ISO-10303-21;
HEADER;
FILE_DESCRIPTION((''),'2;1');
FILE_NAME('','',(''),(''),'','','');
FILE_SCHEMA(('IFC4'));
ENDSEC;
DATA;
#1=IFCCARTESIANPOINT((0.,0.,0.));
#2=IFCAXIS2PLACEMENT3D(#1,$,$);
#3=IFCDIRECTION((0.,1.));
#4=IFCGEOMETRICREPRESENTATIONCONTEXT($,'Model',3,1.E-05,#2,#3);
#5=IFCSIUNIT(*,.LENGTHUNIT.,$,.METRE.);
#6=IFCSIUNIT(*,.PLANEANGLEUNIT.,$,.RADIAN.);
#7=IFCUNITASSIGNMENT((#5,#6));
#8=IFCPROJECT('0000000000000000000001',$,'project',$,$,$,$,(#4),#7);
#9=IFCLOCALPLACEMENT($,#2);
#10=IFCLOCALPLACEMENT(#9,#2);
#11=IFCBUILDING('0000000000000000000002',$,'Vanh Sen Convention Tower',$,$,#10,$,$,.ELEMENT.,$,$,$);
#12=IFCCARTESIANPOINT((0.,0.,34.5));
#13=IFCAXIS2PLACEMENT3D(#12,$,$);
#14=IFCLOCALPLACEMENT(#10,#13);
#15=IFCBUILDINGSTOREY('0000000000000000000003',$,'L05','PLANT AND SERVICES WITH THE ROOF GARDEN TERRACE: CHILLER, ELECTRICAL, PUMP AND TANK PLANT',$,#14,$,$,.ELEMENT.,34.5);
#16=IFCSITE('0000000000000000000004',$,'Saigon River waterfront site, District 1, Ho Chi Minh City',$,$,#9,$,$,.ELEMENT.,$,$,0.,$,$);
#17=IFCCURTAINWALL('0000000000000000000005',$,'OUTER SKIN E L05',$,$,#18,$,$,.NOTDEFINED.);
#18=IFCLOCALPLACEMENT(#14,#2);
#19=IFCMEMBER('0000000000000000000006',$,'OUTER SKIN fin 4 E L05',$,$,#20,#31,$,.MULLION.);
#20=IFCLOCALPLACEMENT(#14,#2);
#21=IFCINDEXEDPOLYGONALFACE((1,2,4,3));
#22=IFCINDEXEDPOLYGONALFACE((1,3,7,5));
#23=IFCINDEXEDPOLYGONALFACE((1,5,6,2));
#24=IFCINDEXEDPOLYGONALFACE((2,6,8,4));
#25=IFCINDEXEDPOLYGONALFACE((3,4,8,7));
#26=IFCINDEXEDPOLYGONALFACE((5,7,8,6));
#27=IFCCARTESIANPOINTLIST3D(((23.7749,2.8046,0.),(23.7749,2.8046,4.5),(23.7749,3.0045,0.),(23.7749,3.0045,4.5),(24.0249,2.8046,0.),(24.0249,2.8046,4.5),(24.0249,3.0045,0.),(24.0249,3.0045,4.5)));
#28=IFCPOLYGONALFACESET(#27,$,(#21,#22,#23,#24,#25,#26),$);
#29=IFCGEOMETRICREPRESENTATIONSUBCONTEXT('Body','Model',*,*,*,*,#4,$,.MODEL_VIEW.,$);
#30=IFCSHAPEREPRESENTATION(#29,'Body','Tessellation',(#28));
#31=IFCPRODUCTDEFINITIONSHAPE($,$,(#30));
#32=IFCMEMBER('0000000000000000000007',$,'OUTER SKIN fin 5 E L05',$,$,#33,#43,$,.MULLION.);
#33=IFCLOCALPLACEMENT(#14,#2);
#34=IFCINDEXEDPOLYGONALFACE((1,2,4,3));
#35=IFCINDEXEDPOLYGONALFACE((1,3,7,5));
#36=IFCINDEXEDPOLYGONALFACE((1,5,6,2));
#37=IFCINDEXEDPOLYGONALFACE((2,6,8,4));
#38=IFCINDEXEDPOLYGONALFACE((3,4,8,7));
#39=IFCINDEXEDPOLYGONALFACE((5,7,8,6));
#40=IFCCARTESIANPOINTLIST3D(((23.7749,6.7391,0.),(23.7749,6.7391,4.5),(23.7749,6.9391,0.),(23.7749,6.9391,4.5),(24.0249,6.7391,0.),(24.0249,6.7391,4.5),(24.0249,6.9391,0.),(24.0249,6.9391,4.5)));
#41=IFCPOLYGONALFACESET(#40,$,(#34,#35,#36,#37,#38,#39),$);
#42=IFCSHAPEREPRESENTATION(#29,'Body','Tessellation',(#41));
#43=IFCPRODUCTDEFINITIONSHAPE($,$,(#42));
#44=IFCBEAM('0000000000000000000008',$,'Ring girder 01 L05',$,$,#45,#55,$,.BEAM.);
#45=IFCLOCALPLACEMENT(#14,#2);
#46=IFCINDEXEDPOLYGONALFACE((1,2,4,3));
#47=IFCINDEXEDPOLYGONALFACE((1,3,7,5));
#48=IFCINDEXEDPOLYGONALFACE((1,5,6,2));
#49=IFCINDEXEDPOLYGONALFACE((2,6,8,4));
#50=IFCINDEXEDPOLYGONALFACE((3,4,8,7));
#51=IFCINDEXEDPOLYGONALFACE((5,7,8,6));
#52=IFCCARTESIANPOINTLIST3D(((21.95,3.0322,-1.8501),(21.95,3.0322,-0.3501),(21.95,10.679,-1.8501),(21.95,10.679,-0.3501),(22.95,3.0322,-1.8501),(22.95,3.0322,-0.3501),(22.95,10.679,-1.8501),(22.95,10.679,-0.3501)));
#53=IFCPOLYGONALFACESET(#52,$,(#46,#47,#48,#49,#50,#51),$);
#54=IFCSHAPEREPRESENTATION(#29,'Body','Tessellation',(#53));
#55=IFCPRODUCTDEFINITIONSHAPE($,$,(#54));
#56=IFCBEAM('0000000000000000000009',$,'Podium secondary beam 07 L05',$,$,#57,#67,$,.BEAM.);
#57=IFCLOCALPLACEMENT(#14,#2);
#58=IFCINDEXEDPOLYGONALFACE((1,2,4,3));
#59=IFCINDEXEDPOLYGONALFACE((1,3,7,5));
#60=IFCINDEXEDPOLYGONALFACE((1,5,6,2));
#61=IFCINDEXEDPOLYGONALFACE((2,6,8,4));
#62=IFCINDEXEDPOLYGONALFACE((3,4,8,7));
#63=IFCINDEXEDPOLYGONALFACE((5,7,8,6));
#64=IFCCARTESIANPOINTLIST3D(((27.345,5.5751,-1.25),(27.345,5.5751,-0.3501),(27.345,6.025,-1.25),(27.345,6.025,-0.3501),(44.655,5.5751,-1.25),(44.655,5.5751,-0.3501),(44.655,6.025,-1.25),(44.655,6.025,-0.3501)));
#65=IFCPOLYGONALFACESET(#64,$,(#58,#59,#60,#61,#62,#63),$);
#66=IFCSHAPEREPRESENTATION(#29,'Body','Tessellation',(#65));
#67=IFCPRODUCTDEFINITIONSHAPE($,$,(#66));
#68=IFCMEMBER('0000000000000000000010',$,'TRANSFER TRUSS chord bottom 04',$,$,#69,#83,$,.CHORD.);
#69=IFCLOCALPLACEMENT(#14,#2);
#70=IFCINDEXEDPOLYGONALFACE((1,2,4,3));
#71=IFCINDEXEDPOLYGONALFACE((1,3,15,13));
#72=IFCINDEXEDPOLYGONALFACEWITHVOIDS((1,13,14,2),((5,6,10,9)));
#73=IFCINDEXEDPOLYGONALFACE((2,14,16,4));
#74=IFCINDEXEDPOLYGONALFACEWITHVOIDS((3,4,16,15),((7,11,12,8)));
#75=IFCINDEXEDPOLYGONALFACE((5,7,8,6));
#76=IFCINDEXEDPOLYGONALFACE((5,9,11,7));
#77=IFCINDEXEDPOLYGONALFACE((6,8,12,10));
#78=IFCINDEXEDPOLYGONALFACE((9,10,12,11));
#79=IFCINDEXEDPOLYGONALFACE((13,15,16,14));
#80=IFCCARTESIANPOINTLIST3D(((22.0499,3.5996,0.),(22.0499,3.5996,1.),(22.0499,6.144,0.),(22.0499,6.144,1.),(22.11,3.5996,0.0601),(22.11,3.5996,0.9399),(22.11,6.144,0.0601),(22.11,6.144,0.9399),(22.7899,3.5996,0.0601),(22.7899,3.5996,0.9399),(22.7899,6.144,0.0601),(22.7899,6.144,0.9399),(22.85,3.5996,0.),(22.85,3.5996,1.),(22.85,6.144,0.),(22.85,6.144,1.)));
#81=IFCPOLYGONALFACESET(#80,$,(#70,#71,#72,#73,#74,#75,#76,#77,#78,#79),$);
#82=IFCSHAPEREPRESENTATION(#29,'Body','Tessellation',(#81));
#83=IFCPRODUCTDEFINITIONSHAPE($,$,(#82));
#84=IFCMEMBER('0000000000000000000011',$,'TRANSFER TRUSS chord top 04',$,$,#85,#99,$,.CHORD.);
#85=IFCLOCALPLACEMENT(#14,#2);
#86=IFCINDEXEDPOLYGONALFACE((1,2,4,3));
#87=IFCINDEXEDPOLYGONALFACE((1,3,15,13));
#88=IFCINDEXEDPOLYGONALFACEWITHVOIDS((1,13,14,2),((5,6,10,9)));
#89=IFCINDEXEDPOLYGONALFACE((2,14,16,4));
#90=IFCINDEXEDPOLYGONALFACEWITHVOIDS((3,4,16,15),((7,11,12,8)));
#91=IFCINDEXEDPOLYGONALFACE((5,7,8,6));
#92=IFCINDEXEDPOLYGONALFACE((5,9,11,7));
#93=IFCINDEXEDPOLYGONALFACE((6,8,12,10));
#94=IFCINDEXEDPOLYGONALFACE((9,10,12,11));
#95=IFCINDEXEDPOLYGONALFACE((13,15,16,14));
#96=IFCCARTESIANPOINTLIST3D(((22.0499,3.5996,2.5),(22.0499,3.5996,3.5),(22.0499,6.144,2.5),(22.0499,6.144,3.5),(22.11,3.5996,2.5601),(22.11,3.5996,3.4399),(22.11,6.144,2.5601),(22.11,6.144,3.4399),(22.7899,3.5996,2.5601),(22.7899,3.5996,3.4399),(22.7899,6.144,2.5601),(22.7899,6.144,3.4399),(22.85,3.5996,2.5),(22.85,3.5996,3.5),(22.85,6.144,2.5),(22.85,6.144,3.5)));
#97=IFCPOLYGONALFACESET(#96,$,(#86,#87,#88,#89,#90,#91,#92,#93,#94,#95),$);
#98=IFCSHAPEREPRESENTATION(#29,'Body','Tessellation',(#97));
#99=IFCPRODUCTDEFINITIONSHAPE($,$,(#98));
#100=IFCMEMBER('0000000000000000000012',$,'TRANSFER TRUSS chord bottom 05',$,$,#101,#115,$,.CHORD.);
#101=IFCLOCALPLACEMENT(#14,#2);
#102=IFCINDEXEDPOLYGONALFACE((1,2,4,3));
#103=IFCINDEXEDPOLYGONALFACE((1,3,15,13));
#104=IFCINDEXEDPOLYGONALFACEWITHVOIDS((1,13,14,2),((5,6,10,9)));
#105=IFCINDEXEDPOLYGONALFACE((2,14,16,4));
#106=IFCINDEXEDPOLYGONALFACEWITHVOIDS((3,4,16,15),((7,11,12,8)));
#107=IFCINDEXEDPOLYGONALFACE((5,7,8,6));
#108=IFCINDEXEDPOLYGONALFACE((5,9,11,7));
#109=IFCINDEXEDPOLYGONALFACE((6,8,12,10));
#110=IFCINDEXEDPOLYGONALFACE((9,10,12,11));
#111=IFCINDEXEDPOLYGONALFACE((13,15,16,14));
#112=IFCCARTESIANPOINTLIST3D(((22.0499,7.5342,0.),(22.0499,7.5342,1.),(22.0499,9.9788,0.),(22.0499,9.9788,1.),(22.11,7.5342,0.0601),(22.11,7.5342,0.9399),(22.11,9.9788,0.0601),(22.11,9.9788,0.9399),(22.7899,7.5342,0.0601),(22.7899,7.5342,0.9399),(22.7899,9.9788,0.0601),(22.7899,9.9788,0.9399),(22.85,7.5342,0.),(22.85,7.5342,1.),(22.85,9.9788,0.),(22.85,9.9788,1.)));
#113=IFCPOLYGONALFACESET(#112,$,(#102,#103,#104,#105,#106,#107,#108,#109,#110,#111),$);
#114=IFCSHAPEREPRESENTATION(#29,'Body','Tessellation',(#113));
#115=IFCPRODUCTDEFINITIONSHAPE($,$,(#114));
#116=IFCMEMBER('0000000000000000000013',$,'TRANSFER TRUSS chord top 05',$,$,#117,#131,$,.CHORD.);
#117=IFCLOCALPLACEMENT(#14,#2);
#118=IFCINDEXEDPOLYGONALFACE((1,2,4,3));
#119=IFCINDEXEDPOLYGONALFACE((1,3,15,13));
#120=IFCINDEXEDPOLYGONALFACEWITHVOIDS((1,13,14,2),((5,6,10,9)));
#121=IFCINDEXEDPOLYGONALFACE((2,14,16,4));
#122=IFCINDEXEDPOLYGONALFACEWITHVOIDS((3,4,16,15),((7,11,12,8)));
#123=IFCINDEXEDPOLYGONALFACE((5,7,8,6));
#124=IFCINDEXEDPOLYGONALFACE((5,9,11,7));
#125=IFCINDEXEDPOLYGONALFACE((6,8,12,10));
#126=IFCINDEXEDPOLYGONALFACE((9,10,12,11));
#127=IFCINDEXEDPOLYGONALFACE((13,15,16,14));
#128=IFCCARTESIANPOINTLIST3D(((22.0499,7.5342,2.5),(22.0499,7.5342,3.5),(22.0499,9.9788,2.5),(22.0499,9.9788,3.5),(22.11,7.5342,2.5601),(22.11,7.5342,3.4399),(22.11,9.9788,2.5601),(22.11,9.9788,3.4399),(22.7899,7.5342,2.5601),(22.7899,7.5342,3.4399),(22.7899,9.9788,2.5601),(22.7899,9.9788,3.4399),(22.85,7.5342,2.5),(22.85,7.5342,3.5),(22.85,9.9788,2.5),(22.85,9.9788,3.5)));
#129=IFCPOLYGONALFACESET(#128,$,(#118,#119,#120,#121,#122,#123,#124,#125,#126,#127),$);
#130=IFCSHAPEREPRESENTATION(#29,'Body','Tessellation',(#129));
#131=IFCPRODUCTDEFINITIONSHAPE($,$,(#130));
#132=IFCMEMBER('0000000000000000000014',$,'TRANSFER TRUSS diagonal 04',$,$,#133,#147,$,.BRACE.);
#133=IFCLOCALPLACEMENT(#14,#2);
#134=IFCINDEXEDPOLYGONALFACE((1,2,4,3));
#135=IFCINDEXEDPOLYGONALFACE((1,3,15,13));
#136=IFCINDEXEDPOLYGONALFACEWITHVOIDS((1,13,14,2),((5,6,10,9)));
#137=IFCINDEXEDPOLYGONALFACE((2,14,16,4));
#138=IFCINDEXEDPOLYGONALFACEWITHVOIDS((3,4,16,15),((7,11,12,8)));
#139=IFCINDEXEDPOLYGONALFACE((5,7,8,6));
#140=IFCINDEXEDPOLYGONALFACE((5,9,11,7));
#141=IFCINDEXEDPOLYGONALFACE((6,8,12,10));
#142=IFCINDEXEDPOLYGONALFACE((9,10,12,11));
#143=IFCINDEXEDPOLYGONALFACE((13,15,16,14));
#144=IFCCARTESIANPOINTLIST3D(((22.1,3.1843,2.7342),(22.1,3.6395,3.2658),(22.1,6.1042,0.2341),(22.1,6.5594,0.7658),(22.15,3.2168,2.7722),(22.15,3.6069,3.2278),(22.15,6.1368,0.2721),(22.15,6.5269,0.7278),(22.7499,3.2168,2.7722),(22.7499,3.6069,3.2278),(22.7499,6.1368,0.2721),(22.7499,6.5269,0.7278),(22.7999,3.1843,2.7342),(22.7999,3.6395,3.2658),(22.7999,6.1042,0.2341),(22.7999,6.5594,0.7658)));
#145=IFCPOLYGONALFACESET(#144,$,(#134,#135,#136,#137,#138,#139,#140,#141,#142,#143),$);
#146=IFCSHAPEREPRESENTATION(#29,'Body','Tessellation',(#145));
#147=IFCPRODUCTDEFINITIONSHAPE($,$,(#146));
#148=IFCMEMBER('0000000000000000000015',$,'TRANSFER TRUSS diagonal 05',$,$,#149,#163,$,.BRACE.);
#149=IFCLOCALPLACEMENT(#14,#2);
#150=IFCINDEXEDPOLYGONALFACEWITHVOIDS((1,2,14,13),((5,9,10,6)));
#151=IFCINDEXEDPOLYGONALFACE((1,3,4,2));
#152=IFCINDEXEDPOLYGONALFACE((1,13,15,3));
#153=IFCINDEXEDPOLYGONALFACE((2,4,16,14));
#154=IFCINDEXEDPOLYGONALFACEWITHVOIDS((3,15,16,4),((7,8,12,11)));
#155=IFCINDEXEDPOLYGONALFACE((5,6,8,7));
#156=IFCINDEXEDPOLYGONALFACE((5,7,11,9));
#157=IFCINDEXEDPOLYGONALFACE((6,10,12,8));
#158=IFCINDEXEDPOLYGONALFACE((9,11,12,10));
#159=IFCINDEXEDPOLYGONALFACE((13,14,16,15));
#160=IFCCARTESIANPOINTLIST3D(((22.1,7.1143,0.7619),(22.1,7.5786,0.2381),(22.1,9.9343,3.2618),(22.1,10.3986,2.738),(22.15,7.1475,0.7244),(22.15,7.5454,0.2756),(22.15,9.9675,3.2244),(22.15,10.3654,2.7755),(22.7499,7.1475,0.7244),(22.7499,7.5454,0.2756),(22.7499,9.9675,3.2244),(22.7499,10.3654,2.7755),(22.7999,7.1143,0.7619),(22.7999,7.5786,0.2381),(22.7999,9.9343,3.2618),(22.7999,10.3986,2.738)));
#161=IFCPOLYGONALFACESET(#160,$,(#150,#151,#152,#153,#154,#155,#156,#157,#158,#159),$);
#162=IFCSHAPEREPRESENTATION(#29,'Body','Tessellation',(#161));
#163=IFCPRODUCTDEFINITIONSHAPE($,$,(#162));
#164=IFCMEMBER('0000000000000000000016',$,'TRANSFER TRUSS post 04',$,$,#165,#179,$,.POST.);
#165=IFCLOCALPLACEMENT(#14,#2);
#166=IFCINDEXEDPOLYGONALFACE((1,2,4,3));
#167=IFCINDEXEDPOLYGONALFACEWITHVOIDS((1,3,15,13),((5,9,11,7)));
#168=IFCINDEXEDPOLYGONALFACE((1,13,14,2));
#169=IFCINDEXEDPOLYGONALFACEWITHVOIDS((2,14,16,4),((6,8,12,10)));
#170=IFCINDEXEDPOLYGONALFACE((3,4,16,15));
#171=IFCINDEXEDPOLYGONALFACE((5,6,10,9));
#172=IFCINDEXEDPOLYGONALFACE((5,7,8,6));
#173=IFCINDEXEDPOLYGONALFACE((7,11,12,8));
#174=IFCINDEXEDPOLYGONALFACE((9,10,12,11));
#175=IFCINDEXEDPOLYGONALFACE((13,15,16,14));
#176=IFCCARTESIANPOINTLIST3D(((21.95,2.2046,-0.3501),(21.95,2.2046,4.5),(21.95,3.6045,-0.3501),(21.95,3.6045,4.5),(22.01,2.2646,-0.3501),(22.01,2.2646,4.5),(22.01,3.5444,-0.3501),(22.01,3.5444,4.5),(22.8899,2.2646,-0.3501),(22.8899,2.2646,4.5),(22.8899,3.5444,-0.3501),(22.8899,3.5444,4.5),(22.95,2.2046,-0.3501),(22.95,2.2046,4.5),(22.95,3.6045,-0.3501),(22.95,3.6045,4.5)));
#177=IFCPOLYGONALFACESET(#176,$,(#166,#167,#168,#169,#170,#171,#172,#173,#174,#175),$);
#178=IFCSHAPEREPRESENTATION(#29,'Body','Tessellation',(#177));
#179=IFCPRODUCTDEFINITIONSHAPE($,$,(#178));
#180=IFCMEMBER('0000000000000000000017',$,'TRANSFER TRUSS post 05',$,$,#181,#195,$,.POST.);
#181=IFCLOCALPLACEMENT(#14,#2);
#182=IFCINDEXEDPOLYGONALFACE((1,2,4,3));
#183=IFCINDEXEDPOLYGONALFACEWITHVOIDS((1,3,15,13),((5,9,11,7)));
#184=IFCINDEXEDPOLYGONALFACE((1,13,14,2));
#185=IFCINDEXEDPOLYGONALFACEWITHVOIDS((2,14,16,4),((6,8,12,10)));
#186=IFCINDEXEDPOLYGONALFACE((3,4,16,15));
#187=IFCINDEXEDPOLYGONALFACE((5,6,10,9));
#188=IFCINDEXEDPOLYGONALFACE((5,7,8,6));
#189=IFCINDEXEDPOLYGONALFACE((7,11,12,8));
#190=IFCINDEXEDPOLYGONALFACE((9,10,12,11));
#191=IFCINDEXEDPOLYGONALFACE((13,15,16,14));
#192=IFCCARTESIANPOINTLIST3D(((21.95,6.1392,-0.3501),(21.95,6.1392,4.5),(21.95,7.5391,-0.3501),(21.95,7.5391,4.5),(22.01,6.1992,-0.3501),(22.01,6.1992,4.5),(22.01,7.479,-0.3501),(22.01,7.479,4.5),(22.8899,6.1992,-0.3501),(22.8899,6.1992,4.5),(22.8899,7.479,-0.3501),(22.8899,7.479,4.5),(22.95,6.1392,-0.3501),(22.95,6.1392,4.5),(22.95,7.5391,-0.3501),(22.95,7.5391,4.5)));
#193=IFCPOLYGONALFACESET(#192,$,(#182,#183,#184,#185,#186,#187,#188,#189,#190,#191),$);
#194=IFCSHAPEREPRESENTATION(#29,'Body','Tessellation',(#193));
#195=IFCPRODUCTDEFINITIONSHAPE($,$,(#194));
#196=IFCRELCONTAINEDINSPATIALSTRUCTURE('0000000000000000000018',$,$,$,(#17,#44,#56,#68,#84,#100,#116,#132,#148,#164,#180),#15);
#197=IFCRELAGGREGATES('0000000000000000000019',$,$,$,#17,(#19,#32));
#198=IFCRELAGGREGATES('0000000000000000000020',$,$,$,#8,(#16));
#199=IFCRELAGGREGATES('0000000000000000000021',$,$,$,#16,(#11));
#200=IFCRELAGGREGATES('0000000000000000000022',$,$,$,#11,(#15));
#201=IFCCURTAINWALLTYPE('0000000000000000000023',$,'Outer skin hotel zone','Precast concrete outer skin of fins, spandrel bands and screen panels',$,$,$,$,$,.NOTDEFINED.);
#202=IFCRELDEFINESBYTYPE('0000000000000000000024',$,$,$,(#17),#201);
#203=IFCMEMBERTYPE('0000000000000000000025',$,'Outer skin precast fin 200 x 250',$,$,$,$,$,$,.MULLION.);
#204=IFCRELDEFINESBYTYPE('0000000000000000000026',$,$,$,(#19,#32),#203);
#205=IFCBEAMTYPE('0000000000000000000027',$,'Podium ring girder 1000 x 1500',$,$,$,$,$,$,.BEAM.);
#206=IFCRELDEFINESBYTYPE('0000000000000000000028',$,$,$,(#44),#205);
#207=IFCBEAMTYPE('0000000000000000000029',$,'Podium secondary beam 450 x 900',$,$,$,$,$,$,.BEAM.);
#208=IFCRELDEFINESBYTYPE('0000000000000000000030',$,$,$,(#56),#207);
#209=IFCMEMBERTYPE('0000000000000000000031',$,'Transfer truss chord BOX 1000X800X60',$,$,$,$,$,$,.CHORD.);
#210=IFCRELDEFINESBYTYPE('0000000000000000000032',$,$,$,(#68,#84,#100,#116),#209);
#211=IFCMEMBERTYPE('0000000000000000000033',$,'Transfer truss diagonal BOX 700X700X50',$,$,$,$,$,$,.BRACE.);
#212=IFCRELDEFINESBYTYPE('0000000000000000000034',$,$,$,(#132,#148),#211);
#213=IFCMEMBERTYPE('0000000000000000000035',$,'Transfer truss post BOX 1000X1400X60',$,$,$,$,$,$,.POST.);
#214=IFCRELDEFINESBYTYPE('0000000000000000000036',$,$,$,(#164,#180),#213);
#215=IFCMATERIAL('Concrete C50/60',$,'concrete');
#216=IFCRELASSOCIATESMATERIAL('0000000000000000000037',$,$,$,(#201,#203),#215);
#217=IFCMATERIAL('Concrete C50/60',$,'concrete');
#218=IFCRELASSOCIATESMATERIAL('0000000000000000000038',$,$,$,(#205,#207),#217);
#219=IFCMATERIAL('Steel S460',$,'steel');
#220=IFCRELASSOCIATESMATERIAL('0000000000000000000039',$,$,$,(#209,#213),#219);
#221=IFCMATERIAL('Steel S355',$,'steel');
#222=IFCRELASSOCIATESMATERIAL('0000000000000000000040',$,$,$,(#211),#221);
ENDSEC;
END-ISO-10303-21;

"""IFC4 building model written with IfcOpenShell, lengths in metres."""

from ifc_helpers import new_model, si_unit, direction, frame, origin, origin_2d, place, context, subcontext, project, spatial, rectangle, hollow_rectangle, extrude, material, material_profile, profile_set, type_object, element, aggregate, save


model = new_model("IFC4")

# Units and contexts
model_context = context("Model", 3, precision=1e-05, world=origin(), true_north=direction((0.0, 1.0)))
body_context = subcontext(model_context, "Body", "Model", "MODEL_VIEW")
ifc_project = project(units=[si_unit("LENGTHUNIT", "METRE"), si_unit("PLANEANGLEUNIT", "RADIAN")], contexts=[model_context])

# Site, building, storey
site_placement = place(None, origin())
site = spatial("IfcSite", under=ifc_project, at=site_placement, Name="Saigon River waterfront site, District 1, Ho Chi Minh City", CompositionType="ELEMENT", RefElevation=0.0)
building_placement = place(site_placement, origin())
building = spatial("IfcBuilding", under=site, at=building_placement, Name="Vanh Sen Convention Tower", CompositionType="ELEMENT")
storey_placement = place(building_placement, frame((0.0, 0.0, 34.5)))
storey = spatial("IfcBuildingStorey", under=building, at=storey_placement, Name="L05", Description="PLANT AND SERVICES WITH THE ROOF GARDEN TERRACE: CHILLER, ELECTRICAL, PUMP AND TANK PLANT", CompositionType="ELEMENT", Elevation=34.5)

# Curtain wall, members
ifc_material_1 = material(Name="Concrete C50/60", Category="concrete")
curtain_wall_type = type_object("IfcCurtainWallType", Name="Outer skin hotel zone", Description="Precast concrete outer skin of fins, spandrel bands and screen panels", PredefinedType="NOTDEFINED", material=ifc_material_1)
curtain_wall_placement = place(storey_placement, origin())
curtain_wall = element("IfcCurtainWall", 1, at=curtain_wall_placement, inside=storey, type_object=curtain_wall_type, Name="OUTER SKIN E L05", PredefinedType="NOTDEFINED")
ifc_material_profile_1 = material_profile(ifc_material_1, rectangle(XDim=0.2, YDim=0.25, at=origin_2d()), Name="Outer skin precast fin 200 x 250")
ifc_profile_set_1 = profile_set([ifc_material_profile_1], Name="Concrete C50/60")
member_type_1 = type_object("IfcMemberType", Name="Outer skin precast fin 200 x 250", PredefinedType="MULLION", material=ifc_profile_set_1)
member_1_placement = place(storey_placement, frame((23.8999, 2.9045, 0.0), z_axis=(0.0, 0.0, 1.0), x_axis=(0.0, 1.0, 0.0)))
member_1 = element("IfcMember", 2, at=member_1_placement, type_object=member_type_1, Name="OUTER SKIN fin 4 E L05", PredefinedType="MULLION", context=body_context, shape_type="SweptSolid", body=[
    extrude(rectangle(XDim=0.2, YDim=0.25, at=origin_2d()), origin(), (0.0, 0.0, 1.0), 4.5),
])
member_2_placement = place(storey_placement, frame((23.8999, 6.8391, 0.0), z_axis=(0.0, 0.0, 1.0), x_axis=(0.0, 1.0, 0.0)))
member_2 = element("IfcMember", 3, at=member_2_placement, type_object=member_type_1, Name="OUTER SKIN fin 5 E L05", PredefinedType="MULLION", context=body_context, shape_type="SweptSolid", body=[
    extrude(rectangle(XDim=0.2, YDim=0.25, at=origin_2d()), origin(), (0.0, 0.0, 1.0), 4.5),
])

# Beams
ifc_material_2 = material(Name="Concrete C50/60", Category="concrete")
ifc_material_profile_2 = material_profile(ifc_material_2, rectangle(XDim=1.0, YDim=1.5, at=origin_2d()), Name="RC 1000X1500")
ifc_profile_set_2 = profile_set([ifc_material_profile_2], Name="Concrete C50/60")
beam_type_1 = type_object("IfcBeamType", Name="Podium ring girder 1000 x 1500", PredefinedType="BEAM", material=ifc_profile_set_2)
beam_1_placement = place(storey_placement, frame((22.45, 3.0322, -1.1001), z_axis=(0.0, 1.0, 0.0), x_axis=(-1.0, 0.0, 0.0)))
element("IfcBeam", 4, at=beam_1_placement, inside=storey, type_object=beam_type_1, Name="Ring girder 01 L05", PredefinedType="BEAM", context=body_context, shape_type="SweptSolid", body=[
    extrude(rectangle(XDim=1.0, YDim=1.5, at=origin_2d()), origin(), (0.0, 0.0, 1.0), 7.6467),
])
ifc_material_profile_3 = material_profile(ifc_material_2, rectangle(XDim=0.45, YDim=0.8999, at=origin_2d()), Name="RC 450X900")
ifc_profile_set_3 = profile_set([ifc_material_profile_3], Name="Concrete C50/60")
beam_type_2 = type_object("IfcBeamType", Name="Podium secondary beam 450 x 900", PredefinedType="BEAM", material=ifc_profile_set_3)
beam_2_placement = place(storey_placement, frame((27.345, 5.8, -0.8), z_axis=(1.0, 0.0, 0.0), x_axis=(0.0, 1.0, 0.0)))
element("IfcBeam", 5, at=beam_2_placement, inside=storey, type_object=beam_type_2, Name="Podium secondary beam 07 L05", PredefinedType="BEAM", context=body_context, shape_type="SweptSolid", body=[
    extrude(rectangle(XDim=0.45, YDim=0.8999, at=origin_2d()), origin(), (0.0, 0.0, 1.0), 17.3101),
])

# Members
ifc_material_3 = material(Name="Steel S460", Category="steel")
ifc_material_profile_4 = material_profile(ifc_material_3, hollow_rectangle(XDim=0.8, YDim=1.0, WallThickness=0.0601, at=origin_2d()), Name="BOX 1000X800X60")
ifc_profile_set_4 = profile_set([ifc_material_profile_4], Name="Steel S460")
member_type_2 = type_object("IfcMemberType", Name="Transfer truss chord BOX 1000X800X60", PredefinedType="CHORD", material=ifc_profile_set_4)
for number, where, z_axis, x_axis, name in (
    (6, (22.45, 3.5996, 0.5), (0.0, 1.0, 0.0), (-1.0, 0.0, 0.0), "TRANSFER TRUSS chord bottom 04"),
    (7, (22.45, 3.5996, 3.0), (0.0, 1.0, 0.0), (-1.0, 0.0, 0.0), "TRANSFER TRUSS chord top 04"),
):
    element("IfcMember", number, at=place(storey_placement, frame(where, z_axis=z_axis, x_axis=x_axis)), inside=storey, type_object=member_type_2, Name=name, PredefinedType="CHORD", context=body_context, shape_type="SweptSolid", body=[
        extrude(hollow_rectangle(XDim=0.8, YDim=1.0, WallThickness=0.0601, at=origin_2d()), origin(), (0.0, 0.0, 1.0), 2.5444),
    ])
for number, where, z_axis, x_axis, name in (
    (8, (22.45, 7.5342, 0.5), (0.0, 1.0, 0.0), (-1.0, 0.0, 0.0), "TRANSFER TRUSS chord bottom 05"),
    (9, (22.45, 7.5342, 3.0), (0.0, 1.0, 0.0), (-1.0, 0.0, 0.0), "TRANSFER TRUSS chord top 05"),
):
    element("IfcMember", number, at=place(storey_placement, frame(where, z_axis=z_axis, x_axis=x_axis)), inside=storey, type_object=member_type_2, Name=name, PredefinedType="CHORD", context=body_context, shape_type="SweptSolid", body=[
        extrude(hollow_rectangle(XDim=0.8, YDim=1.0, WallThickness=0.0601, at=origin_2d()), origin(), (0.0, 0.0, 1.0), 2.4446),
    ])
ifc_material_4 = material(Name="Steel S355", Category="steel")
ifc_material_profile_5 = material_profile(ifc_material_4, hollow_rectangle(XDim=0.7, YDim=0.7, WallThickness=0.05, at=origin_2d()), Name="BOX 700X700X50")
ifc_profile_set_5 = profile_set([ifc_material_profile_5], Name="Steel S355")
member_type_3 = type_object("IfcMemberType", Name="Transfer truss diagonal BOX 700X700X50", PredefinedType="BRACE", material=ifc_profile_set_5)
member_3_placement = place(storey_placement, frame((22.45, 3.4119, 3.0), z_axis=(0.0, 0.759615, -0.650373), x_axis=(-1.0, 0.0, 0.0)))
element("IfcMember", 10, at=member_3_placement, inside=storey, type_object=member_type_3, Name="TRANSFER TRUSS diagonal 04", PredefinedType="BRACE", context=body_context, shape_type="SweptSolid", body=[
    extrude(hollow_rectangle(XDim=0.7, YDim=0.7, WallThickness=0.05, at=origin_2d()), origin(), (0.0, 0.0, 1.0), 3.844),
])
member_4_placement = place(storey_placement, frame((22.45, 7.3464, 0.5), z_axis=(0.0, 0.748295, 0.663366), x_axis=(-1.0, 0.0, 0.0)))
element("IfcMember", 11, at=member_4_placement, inside=storey, type_object=member_type_3, Name="TRANSFER TRUSS diagonal 05", PredefinedType="BRACE", context=body_context, shape_type="SweptSolid", body=[
    extrude(hollow_rectangle(XDim=0.7, YDim=0.7, WallThickness=0.05, at=origin_2d()), origin(), (0.0, 0.0, 1.0), 3.7686),
])
ifc_material_profile_6 = material_profile(ifc_material_3, hollow_rectangle(XDim=1.3999, YDim=1.0, WallThickness=0.0601, at=origin_2d()), Name="BOX 1000X1400X60")
ifc_profile_set_6 = profile_set([ifc_material_profile_6], Name="Steel S460")
member_type_4 = type_object("IfcMemberType", Name="Transfer truss post BOX 1000X1400X60", PredefinedType="POST", material=ifc_profile_set_6)
for number, where, z_axis, x_axis, name in (
    (12, (22.45, 2.9045, -0.3501), (0.0, 0.0, 1.0), (0.0, 1.0, 0.0), "TRANSFER TRUSS post 04"),
    (13, (22.45, 6.8391, -0.3501), (0.0, 0.0, 1.0), (0.0, 1.0, 0.0), "TRANSFER TRUSS post 05"),
):
    element("IfcMember", number, at=place(storey_placement, frame(where, z_axis=z_axis, x_axis=x_axis)), inside=storey, type_object=member_type_4, Name=name, PredefinedType="POST", context=body_context, shape_type="SweptSolid", body=[
        extrude(hollow_rectangle(XDim=1.3999, YDim=1.0, WallThickness=0.0601, at=origin_2d()), origin(), (0.0, 0.0, 1.0), 4.8501),
    ])

aggregate(curtain_wall, [member_1, member_2])

save(model, "model.ifc")
